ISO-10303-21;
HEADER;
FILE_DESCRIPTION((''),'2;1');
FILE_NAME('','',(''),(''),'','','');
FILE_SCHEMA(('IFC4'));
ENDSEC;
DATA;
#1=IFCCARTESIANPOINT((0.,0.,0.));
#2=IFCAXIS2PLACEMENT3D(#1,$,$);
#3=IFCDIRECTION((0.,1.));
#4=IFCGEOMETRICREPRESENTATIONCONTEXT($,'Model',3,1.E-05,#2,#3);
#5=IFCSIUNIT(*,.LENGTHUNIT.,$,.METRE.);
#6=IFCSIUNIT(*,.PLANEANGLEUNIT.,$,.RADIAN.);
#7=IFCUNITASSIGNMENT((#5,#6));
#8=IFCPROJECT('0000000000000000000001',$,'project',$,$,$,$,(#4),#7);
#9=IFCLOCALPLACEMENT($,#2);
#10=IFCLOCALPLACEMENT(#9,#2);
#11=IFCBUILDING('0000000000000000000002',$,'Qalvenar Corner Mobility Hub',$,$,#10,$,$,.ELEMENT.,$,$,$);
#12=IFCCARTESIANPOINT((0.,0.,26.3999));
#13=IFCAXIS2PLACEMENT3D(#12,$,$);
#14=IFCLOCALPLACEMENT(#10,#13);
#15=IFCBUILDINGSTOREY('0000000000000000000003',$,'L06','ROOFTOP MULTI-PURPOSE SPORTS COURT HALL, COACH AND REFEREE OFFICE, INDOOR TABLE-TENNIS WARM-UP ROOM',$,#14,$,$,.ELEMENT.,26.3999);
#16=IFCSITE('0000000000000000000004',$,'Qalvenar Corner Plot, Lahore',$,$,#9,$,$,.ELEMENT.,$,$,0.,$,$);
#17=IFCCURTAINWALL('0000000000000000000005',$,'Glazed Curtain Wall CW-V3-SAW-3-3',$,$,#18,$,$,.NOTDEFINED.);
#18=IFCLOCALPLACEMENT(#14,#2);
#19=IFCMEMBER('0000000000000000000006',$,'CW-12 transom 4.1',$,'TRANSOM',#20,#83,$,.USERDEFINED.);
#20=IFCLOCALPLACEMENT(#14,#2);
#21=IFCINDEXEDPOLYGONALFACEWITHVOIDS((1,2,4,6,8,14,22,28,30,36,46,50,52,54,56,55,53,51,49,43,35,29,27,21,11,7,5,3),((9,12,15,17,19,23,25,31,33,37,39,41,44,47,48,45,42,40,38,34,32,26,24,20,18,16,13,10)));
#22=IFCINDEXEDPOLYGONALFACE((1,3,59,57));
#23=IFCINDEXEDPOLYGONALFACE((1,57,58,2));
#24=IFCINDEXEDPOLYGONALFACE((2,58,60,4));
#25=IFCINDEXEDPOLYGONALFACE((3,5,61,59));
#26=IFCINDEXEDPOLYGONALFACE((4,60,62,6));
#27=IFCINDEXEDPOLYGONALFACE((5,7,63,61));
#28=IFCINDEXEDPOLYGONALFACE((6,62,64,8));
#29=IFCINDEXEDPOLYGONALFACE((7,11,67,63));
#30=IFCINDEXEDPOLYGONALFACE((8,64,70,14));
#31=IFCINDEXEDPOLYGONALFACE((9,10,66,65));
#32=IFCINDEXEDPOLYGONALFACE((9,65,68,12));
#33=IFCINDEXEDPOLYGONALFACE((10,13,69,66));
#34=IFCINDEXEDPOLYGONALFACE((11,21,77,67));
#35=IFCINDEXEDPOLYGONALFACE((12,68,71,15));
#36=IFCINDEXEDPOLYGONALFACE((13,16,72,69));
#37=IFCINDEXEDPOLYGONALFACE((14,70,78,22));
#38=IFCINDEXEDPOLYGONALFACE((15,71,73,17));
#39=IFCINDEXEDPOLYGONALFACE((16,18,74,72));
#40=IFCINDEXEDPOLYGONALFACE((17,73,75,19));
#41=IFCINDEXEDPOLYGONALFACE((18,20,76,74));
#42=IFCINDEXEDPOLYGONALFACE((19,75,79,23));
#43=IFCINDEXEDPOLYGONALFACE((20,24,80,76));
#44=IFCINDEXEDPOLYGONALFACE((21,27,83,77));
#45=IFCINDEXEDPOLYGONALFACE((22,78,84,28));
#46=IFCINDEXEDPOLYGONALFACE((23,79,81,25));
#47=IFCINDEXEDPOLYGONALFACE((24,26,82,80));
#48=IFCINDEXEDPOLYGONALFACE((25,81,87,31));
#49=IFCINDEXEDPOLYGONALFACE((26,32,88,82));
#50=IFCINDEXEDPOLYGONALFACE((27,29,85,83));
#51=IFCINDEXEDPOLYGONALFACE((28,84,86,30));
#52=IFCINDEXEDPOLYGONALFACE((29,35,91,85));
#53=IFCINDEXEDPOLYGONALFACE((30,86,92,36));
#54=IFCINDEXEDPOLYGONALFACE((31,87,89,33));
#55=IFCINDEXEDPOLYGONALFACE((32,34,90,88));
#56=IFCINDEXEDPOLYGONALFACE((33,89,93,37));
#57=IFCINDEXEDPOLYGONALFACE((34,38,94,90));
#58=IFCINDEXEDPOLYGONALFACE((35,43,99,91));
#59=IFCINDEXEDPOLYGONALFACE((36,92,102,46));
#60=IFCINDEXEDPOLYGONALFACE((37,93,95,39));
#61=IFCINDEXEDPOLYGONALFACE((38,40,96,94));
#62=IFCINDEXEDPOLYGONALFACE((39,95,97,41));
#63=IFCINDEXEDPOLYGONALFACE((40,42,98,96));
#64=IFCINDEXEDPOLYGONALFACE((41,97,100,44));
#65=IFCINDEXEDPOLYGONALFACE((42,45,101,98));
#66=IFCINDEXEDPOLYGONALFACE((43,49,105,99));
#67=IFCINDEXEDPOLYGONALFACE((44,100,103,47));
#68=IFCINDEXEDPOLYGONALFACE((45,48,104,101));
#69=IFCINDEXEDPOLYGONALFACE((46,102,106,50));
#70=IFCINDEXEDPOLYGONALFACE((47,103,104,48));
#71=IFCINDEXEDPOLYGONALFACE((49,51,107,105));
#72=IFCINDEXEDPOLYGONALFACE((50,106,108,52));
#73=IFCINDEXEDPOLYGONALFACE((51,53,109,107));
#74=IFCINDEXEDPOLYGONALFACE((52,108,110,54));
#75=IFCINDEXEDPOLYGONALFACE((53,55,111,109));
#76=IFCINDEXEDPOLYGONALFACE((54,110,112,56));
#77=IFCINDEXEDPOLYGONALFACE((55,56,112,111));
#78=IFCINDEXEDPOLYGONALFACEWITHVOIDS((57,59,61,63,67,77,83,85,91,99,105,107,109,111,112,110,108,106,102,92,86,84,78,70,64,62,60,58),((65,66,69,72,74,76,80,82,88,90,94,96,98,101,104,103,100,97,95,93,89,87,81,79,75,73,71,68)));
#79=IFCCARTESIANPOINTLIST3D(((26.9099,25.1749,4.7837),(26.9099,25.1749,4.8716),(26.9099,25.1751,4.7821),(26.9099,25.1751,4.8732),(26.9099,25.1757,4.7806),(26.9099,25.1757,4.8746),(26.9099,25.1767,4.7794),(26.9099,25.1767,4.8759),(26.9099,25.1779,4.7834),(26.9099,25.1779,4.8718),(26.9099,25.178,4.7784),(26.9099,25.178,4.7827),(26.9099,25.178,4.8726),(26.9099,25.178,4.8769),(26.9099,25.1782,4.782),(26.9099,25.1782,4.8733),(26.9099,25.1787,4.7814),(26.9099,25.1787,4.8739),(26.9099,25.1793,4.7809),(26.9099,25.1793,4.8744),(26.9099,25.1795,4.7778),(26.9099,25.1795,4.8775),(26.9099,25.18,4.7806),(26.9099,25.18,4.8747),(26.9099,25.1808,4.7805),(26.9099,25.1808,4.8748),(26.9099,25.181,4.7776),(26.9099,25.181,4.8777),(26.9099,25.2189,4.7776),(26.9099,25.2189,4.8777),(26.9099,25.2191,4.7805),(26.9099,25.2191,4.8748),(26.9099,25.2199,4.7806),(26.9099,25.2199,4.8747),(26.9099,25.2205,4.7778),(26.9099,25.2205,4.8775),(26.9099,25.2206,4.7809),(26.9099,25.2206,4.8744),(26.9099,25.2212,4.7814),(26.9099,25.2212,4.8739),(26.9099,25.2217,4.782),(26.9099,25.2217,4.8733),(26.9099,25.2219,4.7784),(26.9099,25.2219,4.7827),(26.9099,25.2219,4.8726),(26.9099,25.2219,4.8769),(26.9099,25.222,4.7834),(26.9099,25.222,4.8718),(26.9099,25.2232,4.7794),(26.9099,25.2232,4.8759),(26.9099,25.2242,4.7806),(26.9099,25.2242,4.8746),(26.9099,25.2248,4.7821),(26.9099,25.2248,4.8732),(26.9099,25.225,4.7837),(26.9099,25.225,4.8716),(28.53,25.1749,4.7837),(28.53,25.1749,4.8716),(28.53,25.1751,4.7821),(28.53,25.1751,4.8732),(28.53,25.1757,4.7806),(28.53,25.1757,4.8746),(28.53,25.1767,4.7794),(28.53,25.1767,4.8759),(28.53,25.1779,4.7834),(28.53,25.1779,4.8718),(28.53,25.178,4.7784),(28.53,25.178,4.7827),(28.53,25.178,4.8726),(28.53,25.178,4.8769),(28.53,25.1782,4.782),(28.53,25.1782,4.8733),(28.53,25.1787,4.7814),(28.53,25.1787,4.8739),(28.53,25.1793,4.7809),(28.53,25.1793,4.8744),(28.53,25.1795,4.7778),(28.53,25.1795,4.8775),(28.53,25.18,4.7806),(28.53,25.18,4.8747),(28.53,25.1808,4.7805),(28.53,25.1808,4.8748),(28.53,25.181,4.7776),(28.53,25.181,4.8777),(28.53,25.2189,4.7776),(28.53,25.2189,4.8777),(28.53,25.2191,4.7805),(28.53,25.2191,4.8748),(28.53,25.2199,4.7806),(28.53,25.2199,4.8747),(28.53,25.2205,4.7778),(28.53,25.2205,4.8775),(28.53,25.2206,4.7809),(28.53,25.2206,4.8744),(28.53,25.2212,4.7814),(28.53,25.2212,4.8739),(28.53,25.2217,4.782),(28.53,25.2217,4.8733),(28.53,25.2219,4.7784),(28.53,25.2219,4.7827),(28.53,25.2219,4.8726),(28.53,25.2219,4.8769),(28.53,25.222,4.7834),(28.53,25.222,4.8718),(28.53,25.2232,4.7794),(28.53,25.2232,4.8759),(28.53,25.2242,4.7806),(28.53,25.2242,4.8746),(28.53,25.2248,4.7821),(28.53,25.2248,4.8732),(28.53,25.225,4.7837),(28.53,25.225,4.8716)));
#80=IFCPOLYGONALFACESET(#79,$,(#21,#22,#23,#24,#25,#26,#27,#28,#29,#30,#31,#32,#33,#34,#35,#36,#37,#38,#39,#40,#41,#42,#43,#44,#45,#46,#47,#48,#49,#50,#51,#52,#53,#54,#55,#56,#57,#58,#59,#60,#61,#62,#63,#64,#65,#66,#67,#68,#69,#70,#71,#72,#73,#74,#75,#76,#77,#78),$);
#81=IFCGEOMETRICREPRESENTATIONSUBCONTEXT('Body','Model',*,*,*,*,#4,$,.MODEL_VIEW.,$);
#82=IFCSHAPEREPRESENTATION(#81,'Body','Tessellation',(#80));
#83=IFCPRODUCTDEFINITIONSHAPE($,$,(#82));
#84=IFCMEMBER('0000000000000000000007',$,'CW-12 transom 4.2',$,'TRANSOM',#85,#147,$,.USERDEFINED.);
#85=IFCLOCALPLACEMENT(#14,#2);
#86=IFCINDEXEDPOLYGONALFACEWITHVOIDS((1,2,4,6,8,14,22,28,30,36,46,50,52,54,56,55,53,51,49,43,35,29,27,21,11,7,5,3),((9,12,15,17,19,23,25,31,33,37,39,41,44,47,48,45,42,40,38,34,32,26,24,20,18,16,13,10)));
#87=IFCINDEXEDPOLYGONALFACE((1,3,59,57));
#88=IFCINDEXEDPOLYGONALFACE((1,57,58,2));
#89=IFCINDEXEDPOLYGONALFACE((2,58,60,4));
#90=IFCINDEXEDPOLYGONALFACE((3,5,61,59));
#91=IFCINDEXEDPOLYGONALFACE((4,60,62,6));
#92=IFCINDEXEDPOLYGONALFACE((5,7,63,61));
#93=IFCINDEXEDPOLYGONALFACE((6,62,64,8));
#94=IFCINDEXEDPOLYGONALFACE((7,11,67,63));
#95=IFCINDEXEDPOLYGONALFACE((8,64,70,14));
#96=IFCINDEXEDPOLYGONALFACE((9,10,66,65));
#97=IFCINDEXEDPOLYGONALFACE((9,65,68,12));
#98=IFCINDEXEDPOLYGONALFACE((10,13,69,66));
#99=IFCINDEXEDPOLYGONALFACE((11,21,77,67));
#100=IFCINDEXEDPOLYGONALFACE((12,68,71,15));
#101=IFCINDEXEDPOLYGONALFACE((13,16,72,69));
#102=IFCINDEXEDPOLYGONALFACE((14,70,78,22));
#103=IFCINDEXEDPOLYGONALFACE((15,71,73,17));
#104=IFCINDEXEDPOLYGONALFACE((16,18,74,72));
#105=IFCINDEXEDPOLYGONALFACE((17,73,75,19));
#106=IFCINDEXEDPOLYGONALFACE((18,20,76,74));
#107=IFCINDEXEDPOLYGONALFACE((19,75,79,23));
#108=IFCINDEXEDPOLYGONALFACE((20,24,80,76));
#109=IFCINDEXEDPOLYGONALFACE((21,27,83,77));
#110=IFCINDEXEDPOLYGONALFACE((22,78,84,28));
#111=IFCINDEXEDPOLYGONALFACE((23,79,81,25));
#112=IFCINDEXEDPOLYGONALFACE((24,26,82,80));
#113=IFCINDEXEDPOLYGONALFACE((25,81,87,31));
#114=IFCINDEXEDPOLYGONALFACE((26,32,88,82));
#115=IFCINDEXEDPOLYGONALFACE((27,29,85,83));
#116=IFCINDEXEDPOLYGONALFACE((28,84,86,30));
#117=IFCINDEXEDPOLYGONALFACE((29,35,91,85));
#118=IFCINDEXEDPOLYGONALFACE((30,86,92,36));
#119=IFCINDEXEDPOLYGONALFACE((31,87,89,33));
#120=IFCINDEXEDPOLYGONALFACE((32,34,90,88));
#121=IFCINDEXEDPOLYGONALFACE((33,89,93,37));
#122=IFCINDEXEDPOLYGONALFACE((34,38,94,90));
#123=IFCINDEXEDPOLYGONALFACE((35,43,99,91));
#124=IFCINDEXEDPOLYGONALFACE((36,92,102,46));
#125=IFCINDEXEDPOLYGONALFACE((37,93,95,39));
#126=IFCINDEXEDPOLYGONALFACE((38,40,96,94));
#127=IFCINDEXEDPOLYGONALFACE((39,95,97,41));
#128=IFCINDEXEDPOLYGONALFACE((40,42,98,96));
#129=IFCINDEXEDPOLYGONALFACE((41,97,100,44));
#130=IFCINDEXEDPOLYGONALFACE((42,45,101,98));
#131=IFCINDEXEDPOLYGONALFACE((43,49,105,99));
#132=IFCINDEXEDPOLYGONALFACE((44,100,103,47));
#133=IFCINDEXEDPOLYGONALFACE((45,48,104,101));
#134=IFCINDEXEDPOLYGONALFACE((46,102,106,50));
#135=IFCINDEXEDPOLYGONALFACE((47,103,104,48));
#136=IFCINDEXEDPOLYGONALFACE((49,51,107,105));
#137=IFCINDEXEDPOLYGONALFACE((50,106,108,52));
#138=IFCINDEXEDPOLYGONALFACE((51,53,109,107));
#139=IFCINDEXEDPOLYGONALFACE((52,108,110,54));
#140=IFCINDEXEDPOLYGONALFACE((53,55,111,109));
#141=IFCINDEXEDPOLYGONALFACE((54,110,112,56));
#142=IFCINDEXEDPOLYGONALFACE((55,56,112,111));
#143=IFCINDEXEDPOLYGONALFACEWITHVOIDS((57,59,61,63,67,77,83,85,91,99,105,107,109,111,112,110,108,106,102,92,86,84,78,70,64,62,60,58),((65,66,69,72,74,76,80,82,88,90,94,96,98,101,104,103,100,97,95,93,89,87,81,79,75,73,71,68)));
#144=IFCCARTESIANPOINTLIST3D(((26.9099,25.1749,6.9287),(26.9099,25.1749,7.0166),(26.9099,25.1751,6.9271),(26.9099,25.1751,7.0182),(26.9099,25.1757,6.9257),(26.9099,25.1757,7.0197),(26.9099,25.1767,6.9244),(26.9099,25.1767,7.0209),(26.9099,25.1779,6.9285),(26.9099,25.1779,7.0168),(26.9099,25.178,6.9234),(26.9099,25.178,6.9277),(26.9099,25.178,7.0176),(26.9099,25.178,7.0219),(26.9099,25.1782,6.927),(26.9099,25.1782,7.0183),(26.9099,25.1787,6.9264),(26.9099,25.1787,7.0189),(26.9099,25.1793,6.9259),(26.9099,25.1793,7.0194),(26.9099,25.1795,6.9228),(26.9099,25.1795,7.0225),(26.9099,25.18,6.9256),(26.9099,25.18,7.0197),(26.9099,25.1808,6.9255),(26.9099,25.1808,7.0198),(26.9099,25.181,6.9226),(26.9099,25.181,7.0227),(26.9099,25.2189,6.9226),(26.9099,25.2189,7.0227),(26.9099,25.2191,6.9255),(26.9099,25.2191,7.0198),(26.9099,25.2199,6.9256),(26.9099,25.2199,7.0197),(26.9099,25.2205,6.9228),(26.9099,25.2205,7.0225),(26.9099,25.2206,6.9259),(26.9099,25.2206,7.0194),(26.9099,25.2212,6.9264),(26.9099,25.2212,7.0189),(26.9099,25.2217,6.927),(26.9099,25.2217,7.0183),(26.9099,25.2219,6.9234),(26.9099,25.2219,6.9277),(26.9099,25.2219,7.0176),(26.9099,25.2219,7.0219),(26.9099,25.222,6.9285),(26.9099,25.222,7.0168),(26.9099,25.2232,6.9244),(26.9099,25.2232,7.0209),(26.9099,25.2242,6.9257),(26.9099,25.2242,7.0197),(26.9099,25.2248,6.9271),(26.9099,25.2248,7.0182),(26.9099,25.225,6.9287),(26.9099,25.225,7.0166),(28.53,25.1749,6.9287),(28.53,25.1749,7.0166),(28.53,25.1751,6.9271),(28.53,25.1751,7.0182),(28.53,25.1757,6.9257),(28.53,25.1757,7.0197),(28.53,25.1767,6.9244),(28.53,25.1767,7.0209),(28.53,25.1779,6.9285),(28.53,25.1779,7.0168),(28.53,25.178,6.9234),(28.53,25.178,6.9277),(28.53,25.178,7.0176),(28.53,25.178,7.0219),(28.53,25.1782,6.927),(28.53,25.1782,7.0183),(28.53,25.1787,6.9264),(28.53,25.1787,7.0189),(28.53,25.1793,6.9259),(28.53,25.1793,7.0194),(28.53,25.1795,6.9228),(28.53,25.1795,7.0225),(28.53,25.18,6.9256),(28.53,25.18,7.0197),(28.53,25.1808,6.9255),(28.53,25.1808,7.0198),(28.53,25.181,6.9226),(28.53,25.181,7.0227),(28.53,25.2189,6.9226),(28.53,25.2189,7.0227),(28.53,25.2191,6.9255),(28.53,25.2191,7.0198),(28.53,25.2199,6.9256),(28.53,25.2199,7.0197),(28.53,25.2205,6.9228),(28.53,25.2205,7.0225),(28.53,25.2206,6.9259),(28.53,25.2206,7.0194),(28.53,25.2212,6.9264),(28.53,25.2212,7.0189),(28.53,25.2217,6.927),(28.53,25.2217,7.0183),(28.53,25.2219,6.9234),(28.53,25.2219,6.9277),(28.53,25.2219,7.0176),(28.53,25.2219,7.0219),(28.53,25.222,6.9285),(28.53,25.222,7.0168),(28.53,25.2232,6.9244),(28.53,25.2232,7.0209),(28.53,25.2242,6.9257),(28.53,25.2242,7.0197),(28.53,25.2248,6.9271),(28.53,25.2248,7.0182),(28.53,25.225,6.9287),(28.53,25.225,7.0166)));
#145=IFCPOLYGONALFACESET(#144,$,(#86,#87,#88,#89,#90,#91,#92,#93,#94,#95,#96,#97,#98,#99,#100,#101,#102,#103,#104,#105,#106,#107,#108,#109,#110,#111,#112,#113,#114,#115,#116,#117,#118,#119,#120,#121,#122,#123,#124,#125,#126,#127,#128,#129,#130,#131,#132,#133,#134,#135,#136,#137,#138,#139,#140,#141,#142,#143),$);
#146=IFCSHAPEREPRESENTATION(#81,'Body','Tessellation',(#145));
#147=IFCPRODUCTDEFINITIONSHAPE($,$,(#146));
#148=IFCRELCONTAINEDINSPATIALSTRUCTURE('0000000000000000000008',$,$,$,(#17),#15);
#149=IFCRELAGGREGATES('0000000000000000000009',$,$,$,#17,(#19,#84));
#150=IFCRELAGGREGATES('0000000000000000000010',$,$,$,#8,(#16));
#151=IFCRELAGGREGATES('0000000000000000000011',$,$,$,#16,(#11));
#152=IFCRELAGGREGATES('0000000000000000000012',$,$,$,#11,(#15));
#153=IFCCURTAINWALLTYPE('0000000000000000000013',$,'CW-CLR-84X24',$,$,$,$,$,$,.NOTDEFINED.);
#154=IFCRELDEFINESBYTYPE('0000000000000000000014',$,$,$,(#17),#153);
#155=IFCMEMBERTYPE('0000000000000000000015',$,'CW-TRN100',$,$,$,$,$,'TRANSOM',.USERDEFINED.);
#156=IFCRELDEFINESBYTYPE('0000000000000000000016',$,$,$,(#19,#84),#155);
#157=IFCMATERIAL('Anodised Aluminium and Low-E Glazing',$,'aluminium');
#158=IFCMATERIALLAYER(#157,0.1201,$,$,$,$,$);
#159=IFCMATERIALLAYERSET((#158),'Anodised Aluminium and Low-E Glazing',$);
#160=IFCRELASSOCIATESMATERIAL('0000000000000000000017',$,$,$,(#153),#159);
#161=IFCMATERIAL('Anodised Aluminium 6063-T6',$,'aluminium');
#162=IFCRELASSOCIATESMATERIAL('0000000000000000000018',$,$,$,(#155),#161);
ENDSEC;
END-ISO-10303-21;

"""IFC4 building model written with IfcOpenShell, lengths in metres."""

from ifc_helpers import new_model, si_unit, direction, frame, origin, origin_2d, place, context, subcontext, project, spatial, hollow_rectangle, extrude, material, layer, layer_set, material_profile, profile_set, type_object, element, aggregate, save


model = new_model("IFC4")

# Units and contexts
model_context = context("Model", 3, precision=1e-05, world=origin(), true_north=direction((0.0, 1.0)))
body_context = subcontext(model_context, "Body", "Model", "MODEL_VIEW")
ifc_project = project(units=[si_unit("LENGTHUNIT", "METRE"), si_unit("PLANEANGLEUNIT", "RADIAN")], contexts=[model_context])

# Site, building, storey
site_placement = place(None, origin())
site = spatial("IfcSite", under=ifc_project, at=site_placement, Name="Qalvenar Corner Plot, Lahore", CompositionType="ELEMENT", RefElevation=0.0)
building_placement = place(site_placement, origin())
building = spatial("IfcBuilding", under=site, at=building_placement, Name="Qalvenar Corner Mobility Hub", CompositionType="ELEMENT")
storey_placement = place(building_placement, frame((0.0, 0.0, 26.3999)))
storey = spatial("IfcBuildingStorey", under=building, at=storey_placement, Name="L06", Description="ROOFTOP MULTI-PURPOSE SPORTS COURT HALL, COACH AND REFEREE OFFICE, INDOOR TABLE-TENNIS WARM-UP ROOM", CompositionType="ELEMENT", Elevation=26.3999)

# Curtain wall
ifc_material_1 = material(Name="Anodised Aluminium and Low-E Glazing", Category="aluminium")
ifc_layer_1 = layer(ifc_material_1, 0.1201)
ifc_layer_set_1 = layer_set([ifc_layer_1], Name="Anodised Aluminium and Low-E Glazing")
curtain_wall_type = type_object("IfcCurtainWallType", Name="CW-CLR-84X24", PredefinedType="NOTDEFINED", material=ifc_layer_set_1)
ifc_material_2 = material(Name="Anodised Aluminium 6063-T6", Category="aluminium")
curtain_wall_1_placement = place(storey_placement, origin())
curtain_wall_1 = element("IfcCurtainWall", 1, at=curtain_wall_1_placement, inside=storey, type_object=curtain_wall_type, Name="Glazed Curtain Wall CW-V3-SAW-3-3", PredefinedType="NOTDEFINED")

# Members
ifc_material_profile_1 = material_profile(ifc_material_2, hollow_rectangle(XDim=0.05, YDim=0.1001, WallThickness=0.0029, InnerFilletRadius=0.0029, OuterFilletRadius=0.0061, at=origin_2d()), Name="RHS100x50x3")
ifc_profile_set_1 = profile_set([ifc_material_profile_1], Name="Anodised Aluminium 6063-T6")
member_type_1 = type_object("IfcMemberType", Name="CW-TRN100", ElementType="TRANSOM", PredefinedType="USERDEFINED", material=ifc_profile_set_1)
member_1_placement = place(storey_placement, frame((28.53, 25.2, 4.8276), z_axis=(-1.0, 0.0, 0.0), x_axis=(0.0, -1.0, 0.0)))
member_1 = element("IfcMember", 2, at=member_1_placement, type_object=member_type_1, Name="CW-12 transom 4.1", ObjectType="TRANSOM", PredefinedType="USERDEFINED", context=body_context, shape_type="SweptSolid", body=[
    extrude(hollow_rectangle(XDim=0.05, YDim=0.1001, WallThickness=0.0029, InnerFilletRadius=0.0029, OuterFilletRadius=0.0061, at=origin_2d()), origin(), (0.0, 0.0, 1.0), 1.6201),
])
member_2_placement = place(storey_placement, frame((28.53, 25.2, 6.9727), z_axis=(-1.0, 0.0, 0.0), x_axis=(0.0, -1.0, 0.0)))
member_2 = element("IfcMember", 3, at=member_2_placement, type_object=member_type_1, Name="CW-12 transom 4.2", ObjectType="TRANSOM", PredefinedType="USERDEFINED", context=body_context, shape_type="SweptSolid", body=[
    extrude(hollow_rectangle(XDim=0.05, YDim=0.1001, WallThickness=0.0029, InnerFilletRadius=0.0029, OuterFilletRadius=0.0061, at=origin_2d()), origin(), (0.0, 0.0, 1.0), 1.6201),
])

aggregate(curtain_wall_1, [member_1, member_2])

save(model, "model.ifc")
